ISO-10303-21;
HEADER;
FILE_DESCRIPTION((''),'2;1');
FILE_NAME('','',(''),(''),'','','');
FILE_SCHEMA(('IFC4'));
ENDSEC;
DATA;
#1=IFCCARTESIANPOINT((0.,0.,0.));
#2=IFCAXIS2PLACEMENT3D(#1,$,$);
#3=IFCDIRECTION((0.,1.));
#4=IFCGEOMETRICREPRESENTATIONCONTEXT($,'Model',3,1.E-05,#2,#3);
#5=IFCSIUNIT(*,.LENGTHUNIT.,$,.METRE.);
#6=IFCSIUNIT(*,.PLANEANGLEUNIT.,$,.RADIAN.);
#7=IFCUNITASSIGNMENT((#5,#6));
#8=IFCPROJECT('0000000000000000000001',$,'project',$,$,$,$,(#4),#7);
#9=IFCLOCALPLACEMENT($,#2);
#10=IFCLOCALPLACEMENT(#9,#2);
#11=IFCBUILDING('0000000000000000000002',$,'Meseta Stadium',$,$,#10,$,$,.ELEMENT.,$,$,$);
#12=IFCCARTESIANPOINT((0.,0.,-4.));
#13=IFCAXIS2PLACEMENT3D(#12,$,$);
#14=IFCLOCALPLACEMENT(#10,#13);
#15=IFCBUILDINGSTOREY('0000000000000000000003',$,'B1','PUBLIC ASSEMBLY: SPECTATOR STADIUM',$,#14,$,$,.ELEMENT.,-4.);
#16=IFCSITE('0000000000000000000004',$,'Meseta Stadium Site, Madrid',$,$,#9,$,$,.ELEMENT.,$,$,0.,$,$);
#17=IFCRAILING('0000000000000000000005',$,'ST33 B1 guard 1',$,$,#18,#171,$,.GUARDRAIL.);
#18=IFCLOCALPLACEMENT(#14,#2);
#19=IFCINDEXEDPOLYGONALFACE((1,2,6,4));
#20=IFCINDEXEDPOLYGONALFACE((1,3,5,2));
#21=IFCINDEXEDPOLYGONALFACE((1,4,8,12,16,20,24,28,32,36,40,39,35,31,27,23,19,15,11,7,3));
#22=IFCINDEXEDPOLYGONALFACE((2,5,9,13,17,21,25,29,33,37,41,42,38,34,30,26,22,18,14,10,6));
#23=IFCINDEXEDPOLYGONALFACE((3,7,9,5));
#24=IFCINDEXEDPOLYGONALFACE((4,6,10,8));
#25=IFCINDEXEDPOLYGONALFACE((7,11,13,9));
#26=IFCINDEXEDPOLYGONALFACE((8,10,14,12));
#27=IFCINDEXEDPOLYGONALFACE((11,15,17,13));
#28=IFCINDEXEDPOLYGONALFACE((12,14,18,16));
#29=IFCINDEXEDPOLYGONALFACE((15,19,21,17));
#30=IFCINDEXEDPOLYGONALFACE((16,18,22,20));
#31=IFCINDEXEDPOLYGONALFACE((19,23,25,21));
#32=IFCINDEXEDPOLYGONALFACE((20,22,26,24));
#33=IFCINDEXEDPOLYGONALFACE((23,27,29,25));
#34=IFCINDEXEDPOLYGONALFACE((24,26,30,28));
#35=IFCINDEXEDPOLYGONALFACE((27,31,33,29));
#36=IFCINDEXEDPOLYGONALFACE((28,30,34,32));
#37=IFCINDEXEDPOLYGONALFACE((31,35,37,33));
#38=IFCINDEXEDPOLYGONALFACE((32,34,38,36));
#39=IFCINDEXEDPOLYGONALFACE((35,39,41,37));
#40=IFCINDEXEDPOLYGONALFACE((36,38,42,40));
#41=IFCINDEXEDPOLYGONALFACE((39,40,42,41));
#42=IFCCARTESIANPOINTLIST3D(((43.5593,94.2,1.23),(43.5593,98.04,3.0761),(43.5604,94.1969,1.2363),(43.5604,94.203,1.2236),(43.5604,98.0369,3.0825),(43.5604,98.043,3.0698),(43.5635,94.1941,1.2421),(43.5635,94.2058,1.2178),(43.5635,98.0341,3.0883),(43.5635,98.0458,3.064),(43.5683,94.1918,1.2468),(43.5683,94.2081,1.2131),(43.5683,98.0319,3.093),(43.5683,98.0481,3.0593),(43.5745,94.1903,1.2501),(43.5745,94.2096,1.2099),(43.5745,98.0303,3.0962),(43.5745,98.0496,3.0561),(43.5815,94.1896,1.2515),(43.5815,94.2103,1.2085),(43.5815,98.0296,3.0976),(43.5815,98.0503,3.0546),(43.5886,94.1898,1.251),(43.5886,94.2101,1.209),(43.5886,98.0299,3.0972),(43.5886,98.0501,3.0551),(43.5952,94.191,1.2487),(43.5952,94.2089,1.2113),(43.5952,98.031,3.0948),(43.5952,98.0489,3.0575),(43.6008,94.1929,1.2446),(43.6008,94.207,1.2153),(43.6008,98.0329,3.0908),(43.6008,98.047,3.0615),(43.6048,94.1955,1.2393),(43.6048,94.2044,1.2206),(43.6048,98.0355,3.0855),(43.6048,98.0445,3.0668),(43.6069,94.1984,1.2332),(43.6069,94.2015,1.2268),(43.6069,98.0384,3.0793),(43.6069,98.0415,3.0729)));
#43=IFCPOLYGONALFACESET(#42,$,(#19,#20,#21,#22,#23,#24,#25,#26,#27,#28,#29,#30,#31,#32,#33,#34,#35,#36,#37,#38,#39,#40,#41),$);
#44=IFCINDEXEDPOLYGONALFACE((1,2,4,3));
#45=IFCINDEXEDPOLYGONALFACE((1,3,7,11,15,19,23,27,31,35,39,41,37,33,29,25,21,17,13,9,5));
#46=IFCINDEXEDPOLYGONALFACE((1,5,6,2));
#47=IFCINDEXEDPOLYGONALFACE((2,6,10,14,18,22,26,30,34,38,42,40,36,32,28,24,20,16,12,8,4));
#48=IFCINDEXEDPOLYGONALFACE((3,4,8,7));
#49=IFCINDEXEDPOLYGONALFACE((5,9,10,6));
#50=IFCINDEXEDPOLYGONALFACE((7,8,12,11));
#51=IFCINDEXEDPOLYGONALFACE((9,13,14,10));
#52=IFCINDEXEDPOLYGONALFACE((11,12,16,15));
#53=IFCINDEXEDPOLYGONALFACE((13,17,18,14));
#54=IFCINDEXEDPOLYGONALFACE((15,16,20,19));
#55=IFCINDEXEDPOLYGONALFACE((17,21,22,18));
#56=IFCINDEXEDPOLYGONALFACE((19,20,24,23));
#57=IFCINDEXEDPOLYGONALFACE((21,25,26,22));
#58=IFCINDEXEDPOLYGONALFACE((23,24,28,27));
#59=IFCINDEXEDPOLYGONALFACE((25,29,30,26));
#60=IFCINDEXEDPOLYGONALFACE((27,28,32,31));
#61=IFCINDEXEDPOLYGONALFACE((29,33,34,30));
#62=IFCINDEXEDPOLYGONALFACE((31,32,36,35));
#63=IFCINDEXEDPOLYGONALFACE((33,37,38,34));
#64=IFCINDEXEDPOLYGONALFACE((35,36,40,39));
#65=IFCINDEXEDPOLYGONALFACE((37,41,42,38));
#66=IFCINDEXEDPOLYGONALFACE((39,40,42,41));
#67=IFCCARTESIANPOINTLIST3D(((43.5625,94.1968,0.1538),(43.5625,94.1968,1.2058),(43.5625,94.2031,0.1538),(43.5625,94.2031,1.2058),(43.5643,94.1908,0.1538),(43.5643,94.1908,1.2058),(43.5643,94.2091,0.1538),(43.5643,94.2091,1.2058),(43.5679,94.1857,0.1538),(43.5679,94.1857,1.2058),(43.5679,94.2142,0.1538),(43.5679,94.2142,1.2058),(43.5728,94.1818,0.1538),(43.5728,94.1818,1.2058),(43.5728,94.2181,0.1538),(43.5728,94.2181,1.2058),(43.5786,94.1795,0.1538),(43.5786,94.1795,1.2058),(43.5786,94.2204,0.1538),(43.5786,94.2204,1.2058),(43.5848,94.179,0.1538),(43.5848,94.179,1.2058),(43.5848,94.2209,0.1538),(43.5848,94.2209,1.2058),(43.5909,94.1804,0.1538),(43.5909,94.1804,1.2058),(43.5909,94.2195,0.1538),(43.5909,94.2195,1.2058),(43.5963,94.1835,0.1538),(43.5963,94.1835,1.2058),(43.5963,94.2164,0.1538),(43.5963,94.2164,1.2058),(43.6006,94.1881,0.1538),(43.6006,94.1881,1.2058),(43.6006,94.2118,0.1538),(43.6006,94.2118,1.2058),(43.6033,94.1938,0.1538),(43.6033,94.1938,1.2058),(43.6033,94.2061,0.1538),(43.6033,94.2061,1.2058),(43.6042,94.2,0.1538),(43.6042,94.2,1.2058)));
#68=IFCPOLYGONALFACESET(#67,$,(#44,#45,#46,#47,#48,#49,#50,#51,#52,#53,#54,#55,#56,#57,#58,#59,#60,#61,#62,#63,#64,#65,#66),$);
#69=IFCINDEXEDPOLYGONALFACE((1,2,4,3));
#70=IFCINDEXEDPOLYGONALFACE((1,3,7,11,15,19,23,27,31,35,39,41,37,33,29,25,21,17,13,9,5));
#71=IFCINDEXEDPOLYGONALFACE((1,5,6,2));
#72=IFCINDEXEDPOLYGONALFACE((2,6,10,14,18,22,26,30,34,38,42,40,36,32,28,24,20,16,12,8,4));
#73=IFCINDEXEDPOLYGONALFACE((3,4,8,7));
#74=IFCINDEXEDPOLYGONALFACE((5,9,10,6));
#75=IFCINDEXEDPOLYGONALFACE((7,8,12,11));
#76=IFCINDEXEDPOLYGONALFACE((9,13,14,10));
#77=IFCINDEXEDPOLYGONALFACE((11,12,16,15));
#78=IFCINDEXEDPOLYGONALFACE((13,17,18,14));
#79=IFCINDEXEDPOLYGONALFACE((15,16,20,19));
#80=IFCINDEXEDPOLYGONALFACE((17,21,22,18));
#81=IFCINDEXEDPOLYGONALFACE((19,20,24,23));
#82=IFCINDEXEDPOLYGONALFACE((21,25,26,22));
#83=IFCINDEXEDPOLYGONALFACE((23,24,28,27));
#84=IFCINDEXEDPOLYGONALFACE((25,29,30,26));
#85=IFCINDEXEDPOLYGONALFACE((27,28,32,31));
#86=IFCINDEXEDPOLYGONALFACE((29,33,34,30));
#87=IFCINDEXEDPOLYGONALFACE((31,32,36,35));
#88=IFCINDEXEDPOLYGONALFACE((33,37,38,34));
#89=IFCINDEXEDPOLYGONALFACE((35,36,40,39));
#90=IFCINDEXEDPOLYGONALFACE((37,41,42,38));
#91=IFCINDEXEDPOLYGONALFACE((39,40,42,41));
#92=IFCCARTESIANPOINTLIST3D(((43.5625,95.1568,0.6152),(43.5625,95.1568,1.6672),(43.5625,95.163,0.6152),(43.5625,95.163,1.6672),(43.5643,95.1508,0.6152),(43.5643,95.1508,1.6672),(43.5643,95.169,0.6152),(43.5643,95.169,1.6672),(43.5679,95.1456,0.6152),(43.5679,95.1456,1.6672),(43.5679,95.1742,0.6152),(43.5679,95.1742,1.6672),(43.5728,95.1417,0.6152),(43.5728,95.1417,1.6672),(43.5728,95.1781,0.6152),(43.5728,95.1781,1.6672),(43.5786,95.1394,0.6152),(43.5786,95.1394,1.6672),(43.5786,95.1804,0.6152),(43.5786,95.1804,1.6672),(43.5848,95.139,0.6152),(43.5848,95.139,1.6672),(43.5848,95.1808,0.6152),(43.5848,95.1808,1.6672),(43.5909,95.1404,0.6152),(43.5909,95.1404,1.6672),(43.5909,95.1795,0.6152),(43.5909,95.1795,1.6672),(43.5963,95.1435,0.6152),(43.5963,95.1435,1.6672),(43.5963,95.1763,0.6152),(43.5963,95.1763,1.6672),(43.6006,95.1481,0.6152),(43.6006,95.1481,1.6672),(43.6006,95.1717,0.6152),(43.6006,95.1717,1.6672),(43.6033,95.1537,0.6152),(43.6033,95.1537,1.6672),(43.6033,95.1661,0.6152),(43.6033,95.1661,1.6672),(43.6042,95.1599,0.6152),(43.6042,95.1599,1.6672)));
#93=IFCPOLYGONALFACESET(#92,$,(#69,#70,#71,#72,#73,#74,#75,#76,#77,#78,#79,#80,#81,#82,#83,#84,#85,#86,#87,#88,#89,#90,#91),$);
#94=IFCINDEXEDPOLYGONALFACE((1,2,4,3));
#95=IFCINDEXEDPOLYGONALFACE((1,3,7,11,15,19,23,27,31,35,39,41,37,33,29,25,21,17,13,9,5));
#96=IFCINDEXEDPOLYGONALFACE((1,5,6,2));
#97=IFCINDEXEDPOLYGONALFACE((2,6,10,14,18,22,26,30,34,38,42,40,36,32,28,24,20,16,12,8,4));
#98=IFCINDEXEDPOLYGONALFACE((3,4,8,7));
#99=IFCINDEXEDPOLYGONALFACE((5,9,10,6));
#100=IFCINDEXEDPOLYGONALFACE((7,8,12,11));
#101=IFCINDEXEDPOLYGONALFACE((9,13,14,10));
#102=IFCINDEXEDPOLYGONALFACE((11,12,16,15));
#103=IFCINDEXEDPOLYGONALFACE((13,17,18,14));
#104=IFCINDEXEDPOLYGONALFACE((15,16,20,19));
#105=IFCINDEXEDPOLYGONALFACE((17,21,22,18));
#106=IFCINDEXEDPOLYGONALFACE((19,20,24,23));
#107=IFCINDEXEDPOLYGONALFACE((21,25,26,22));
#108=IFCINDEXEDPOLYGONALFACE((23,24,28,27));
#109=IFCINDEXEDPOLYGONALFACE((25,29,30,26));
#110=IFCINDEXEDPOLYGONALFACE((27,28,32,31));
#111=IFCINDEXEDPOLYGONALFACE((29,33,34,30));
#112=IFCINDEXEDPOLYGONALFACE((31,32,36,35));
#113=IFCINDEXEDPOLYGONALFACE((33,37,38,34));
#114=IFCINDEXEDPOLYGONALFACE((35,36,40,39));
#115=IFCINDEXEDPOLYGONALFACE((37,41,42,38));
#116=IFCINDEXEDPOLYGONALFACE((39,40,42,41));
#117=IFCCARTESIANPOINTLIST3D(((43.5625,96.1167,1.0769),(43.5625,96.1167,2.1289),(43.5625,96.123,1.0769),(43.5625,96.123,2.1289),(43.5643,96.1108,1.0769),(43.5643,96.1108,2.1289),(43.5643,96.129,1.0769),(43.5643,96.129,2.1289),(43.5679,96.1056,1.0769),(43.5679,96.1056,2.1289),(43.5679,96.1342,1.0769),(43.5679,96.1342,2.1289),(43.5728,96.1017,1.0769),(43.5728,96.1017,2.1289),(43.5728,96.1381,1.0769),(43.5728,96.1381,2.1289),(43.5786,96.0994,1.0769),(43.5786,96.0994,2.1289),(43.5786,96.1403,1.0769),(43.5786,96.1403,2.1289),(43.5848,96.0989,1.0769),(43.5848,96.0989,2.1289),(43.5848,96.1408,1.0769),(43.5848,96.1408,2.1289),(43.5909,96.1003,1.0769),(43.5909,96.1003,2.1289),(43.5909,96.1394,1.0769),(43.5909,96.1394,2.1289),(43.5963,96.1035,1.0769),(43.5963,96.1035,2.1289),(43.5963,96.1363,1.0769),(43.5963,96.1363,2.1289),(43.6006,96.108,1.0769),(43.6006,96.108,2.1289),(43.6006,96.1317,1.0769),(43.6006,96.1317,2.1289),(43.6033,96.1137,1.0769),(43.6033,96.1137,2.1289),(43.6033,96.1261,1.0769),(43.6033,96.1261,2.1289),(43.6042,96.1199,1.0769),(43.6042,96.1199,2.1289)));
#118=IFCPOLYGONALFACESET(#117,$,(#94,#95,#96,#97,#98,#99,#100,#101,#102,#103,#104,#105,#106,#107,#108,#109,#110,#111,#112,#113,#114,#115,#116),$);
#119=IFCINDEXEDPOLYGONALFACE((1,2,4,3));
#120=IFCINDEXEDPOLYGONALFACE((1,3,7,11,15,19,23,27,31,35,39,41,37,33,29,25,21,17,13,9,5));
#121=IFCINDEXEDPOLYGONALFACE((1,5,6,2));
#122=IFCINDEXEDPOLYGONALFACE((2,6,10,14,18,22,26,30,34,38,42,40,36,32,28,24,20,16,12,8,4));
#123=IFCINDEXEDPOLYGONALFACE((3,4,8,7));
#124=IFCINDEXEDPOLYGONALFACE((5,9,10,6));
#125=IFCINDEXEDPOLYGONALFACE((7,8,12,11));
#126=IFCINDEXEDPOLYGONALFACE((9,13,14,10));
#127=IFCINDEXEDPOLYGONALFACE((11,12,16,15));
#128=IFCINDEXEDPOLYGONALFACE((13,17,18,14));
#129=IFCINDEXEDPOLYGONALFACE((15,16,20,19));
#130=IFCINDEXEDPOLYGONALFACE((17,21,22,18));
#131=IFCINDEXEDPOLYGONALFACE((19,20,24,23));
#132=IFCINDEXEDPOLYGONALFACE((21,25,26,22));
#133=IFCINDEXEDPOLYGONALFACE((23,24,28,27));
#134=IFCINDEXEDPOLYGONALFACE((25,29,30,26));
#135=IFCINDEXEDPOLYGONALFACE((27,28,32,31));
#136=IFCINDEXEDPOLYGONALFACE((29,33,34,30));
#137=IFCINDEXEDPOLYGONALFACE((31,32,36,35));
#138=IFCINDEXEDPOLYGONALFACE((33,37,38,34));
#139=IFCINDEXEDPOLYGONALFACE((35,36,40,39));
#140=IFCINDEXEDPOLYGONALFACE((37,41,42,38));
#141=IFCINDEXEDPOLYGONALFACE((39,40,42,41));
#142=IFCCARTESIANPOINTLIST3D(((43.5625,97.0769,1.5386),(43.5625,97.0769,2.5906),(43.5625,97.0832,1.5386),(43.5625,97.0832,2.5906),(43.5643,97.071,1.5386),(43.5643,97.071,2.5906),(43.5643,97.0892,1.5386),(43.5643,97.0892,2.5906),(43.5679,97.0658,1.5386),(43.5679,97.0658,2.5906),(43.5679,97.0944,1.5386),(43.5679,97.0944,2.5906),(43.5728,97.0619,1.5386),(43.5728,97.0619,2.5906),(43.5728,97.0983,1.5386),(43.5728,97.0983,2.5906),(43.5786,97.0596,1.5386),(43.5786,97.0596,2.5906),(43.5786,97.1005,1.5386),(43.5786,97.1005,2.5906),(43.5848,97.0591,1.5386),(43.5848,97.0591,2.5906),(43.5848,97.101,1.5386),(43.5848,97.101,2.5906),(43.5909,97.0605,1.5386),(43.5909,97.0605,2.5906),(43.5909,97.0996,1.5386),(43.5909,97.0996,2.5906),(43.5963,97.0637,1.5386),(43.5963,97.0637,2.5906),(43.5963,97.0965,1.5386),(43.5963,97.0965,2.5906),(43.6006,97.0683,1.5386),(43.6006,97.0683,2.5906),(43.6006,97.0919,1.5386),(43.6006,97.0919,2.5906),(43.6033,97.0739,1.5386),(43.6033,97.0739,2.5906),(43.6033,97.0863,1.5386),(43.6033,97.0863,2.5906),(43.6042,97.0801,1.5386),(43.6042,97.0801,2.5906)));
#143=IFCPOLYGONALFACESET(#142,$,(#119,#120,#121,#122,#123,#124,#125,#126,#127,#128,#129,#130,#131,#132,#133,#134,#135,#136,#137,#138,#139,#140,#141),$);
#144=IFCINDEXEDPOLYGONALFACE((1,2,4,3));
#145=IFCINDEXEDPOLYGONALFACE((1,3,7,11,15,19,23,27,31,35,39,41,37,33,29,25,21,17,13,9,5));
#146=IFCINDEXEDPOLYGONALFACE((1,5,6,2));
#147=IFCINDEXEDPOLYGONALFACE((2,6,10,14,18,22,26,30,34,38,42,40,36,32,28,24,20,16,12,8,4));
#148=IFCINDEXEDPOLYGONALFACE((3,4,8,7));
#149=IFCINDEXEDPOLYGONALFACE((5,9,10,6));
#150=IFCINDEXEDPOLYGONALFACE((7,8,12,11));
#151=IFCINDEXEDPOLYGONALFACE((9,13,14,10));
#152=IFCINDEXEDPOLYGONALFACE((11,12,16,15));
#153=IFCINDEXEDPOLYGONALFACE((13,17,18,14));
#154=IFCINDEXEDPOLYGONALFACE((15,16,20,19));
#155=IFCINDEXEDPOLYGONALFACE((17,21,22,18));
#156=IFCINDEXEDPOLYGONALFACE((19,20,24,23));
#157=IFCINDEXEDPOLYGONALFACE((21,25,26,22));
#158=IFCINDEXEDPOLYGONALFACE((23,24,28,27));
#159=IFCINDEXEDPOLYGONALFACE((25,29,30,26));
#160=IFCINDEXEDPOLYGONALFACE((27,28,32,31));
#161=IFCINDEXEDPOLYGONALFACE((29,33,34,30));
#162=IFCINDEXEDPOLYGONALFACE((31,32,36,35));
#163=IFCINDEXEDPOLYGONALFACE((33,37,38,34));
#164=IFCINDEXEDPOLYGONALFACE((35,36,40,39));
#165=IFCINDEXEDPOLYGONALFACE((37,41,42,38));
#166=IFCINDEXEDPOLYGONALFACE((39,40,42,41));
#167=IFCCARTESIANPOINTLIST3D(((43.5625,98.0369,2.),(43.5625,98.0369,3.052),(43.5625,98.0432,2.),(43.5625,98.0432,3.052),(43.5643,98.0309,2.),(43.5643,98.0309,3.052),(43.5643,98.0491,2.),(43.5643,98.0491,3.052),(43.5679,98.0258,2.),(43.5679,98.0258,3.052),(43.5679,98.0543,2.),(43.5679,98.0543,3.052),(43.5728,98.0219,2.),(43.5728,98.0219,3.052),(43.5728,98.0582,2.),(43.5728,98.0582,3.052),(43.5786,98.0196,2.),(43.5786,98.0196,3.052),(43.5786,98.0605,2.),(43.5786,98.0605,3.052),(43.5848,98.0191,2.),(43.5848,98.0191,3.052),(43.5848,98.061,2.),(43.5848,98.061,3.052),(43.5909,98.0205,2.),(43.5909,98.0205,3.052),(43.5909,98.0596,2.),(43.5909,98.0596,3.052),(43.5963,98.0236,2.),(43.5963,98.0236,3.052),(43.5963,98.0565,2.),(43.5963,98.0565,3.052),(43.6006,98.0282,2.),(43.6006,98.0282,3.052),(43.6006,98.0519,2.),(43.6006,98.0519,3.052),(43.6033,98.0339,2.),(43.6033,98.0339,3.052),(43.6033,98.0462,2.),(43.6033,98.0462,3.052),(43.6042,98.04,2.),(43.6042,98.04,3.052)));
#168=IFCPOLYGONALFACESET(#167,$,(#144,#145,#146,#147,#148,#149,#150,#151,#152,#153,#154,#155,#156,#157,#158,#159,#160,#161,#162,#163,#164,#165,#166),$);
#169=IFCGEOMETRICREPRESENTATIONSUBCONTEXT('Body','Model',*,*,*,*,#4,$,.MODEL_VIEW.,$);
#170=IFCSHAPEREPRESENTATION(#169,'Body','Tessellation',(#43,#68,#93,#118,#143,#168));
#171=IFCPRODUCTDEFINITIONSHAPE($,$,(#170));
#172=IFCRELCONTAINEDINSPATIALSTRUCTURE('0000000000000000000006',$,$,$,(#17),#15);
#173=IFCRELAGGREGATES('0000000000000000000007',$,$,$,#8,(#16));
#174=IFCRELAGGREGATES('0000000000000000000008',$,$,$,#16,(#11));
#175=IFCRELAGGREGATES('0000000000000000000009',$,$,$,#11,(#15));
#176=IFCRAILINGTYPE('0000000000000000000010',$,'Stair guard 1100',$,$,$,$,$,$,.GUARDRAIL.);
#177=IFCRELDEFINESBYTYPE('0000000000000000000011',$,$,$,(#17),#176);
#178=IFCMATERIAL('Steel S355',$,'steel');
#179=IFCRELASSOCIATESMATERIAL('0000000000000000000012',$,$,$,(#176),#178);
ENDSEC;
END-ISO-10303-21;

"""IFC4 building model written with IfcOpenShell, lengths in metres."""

from ifc_helpers import new_model, si_unit, direction, frame, origin, origin_2d, place, context, subcontext, project, spatial, circle, extrude, material, type_object, element, save


model = new_model("IFC4")

# Units and contexts
model_context = context("Model", 3, precision=1e-05, world=origin(), true_north=direction((0.0, 1.0)))
body_context = subcontext(model_context, "Body", "Model", "MODEL_VIEW")
ifc_project = project(units=[si_unit("LENGTHUNIT", "METRE"), si_unit("PLANEANGLEUNIT", "RADIAN")], contexts=[model_context])

# Site, building, storey
site_placement = place(None, origin())
site = spatial("IfcSite", under=ifc_project, at=site_placement, Name="Meseta Stadium Site, Madrid", CompositionType="ELEMENT", RefElevation=0.0)
building_placement = place(site_placement, origin())
building = spatial("IfcBuilding", under=site, at=building_placement, Name="Meseta Stadium", CompositionType="ELEMENT")
storey_placement = place(building_placement, frame((0.0, 0.0, -4.0)))
storey = spatial("IfcBuildingStorey", under=building, at=storey_placement, Name="B1", Description="PUBLIC ASSEMBLY: SPECTATOR STADIUM", CompositionType="ELEMENT", Elevation=-4.0)

# Railing
ifc_material_1 = material(Name="Steel S355", Category="steel")
railing_type_1 = type_object("IfcRailingType", Name="Stair guard 1100", PredefinedType="GUARDRAIL", material=ifc_material_1)
railing_1_placement = place(storey_placement, frame((43.5833, 94.2, 0.1538)))
element("IfcRailing", 1, at=railing_1_placement, inside=storey, type_object=railing_type_1, Name="ST33 B1 guard 1", PredefinedType="GUARDRAIL", context=body_context, shape_type="SweptSolid", body=[
    extrude(circle(Radius=0.0239, at=origin_2d()), frame((0.0, 0.0, 1.0762), z_axis=(0.0, 0.901253, 0.433294), x_axis=(-1.0, 0.0, 0.0)), (0.0, 0.0, 1.0), 4.2607),
    extrude(circle(Radius=0.021, at=origin_2d()), origin(), (0.0, 0.0, 1.0), 1.052),
    extrude(circle(Radius=0.021, at=origin_2d()), frame((0.0, 0.96, 0.4614)), (0.0, 0.0, 1.0), 1.052),
    extrude(circle(Radius=0.021, at=origin_2d()), frame((0.0, 1.9199, 0.9231)), (0.0, 0.0, 1.0), 1.052),
    extrude(circle(Radius=0.021, at=origin_2d()), frame((0.0, 2.8801, 1.3848)), (0.0, 0.0, 1.0), 1.052),
    extrude(circle(Radius=0.021, at=origin_2d()), frame((0.0, 3.8401, 1.8462)), (0.0, 0.0, 1.0), 1.052),
])

save(model, "model.ifc")
